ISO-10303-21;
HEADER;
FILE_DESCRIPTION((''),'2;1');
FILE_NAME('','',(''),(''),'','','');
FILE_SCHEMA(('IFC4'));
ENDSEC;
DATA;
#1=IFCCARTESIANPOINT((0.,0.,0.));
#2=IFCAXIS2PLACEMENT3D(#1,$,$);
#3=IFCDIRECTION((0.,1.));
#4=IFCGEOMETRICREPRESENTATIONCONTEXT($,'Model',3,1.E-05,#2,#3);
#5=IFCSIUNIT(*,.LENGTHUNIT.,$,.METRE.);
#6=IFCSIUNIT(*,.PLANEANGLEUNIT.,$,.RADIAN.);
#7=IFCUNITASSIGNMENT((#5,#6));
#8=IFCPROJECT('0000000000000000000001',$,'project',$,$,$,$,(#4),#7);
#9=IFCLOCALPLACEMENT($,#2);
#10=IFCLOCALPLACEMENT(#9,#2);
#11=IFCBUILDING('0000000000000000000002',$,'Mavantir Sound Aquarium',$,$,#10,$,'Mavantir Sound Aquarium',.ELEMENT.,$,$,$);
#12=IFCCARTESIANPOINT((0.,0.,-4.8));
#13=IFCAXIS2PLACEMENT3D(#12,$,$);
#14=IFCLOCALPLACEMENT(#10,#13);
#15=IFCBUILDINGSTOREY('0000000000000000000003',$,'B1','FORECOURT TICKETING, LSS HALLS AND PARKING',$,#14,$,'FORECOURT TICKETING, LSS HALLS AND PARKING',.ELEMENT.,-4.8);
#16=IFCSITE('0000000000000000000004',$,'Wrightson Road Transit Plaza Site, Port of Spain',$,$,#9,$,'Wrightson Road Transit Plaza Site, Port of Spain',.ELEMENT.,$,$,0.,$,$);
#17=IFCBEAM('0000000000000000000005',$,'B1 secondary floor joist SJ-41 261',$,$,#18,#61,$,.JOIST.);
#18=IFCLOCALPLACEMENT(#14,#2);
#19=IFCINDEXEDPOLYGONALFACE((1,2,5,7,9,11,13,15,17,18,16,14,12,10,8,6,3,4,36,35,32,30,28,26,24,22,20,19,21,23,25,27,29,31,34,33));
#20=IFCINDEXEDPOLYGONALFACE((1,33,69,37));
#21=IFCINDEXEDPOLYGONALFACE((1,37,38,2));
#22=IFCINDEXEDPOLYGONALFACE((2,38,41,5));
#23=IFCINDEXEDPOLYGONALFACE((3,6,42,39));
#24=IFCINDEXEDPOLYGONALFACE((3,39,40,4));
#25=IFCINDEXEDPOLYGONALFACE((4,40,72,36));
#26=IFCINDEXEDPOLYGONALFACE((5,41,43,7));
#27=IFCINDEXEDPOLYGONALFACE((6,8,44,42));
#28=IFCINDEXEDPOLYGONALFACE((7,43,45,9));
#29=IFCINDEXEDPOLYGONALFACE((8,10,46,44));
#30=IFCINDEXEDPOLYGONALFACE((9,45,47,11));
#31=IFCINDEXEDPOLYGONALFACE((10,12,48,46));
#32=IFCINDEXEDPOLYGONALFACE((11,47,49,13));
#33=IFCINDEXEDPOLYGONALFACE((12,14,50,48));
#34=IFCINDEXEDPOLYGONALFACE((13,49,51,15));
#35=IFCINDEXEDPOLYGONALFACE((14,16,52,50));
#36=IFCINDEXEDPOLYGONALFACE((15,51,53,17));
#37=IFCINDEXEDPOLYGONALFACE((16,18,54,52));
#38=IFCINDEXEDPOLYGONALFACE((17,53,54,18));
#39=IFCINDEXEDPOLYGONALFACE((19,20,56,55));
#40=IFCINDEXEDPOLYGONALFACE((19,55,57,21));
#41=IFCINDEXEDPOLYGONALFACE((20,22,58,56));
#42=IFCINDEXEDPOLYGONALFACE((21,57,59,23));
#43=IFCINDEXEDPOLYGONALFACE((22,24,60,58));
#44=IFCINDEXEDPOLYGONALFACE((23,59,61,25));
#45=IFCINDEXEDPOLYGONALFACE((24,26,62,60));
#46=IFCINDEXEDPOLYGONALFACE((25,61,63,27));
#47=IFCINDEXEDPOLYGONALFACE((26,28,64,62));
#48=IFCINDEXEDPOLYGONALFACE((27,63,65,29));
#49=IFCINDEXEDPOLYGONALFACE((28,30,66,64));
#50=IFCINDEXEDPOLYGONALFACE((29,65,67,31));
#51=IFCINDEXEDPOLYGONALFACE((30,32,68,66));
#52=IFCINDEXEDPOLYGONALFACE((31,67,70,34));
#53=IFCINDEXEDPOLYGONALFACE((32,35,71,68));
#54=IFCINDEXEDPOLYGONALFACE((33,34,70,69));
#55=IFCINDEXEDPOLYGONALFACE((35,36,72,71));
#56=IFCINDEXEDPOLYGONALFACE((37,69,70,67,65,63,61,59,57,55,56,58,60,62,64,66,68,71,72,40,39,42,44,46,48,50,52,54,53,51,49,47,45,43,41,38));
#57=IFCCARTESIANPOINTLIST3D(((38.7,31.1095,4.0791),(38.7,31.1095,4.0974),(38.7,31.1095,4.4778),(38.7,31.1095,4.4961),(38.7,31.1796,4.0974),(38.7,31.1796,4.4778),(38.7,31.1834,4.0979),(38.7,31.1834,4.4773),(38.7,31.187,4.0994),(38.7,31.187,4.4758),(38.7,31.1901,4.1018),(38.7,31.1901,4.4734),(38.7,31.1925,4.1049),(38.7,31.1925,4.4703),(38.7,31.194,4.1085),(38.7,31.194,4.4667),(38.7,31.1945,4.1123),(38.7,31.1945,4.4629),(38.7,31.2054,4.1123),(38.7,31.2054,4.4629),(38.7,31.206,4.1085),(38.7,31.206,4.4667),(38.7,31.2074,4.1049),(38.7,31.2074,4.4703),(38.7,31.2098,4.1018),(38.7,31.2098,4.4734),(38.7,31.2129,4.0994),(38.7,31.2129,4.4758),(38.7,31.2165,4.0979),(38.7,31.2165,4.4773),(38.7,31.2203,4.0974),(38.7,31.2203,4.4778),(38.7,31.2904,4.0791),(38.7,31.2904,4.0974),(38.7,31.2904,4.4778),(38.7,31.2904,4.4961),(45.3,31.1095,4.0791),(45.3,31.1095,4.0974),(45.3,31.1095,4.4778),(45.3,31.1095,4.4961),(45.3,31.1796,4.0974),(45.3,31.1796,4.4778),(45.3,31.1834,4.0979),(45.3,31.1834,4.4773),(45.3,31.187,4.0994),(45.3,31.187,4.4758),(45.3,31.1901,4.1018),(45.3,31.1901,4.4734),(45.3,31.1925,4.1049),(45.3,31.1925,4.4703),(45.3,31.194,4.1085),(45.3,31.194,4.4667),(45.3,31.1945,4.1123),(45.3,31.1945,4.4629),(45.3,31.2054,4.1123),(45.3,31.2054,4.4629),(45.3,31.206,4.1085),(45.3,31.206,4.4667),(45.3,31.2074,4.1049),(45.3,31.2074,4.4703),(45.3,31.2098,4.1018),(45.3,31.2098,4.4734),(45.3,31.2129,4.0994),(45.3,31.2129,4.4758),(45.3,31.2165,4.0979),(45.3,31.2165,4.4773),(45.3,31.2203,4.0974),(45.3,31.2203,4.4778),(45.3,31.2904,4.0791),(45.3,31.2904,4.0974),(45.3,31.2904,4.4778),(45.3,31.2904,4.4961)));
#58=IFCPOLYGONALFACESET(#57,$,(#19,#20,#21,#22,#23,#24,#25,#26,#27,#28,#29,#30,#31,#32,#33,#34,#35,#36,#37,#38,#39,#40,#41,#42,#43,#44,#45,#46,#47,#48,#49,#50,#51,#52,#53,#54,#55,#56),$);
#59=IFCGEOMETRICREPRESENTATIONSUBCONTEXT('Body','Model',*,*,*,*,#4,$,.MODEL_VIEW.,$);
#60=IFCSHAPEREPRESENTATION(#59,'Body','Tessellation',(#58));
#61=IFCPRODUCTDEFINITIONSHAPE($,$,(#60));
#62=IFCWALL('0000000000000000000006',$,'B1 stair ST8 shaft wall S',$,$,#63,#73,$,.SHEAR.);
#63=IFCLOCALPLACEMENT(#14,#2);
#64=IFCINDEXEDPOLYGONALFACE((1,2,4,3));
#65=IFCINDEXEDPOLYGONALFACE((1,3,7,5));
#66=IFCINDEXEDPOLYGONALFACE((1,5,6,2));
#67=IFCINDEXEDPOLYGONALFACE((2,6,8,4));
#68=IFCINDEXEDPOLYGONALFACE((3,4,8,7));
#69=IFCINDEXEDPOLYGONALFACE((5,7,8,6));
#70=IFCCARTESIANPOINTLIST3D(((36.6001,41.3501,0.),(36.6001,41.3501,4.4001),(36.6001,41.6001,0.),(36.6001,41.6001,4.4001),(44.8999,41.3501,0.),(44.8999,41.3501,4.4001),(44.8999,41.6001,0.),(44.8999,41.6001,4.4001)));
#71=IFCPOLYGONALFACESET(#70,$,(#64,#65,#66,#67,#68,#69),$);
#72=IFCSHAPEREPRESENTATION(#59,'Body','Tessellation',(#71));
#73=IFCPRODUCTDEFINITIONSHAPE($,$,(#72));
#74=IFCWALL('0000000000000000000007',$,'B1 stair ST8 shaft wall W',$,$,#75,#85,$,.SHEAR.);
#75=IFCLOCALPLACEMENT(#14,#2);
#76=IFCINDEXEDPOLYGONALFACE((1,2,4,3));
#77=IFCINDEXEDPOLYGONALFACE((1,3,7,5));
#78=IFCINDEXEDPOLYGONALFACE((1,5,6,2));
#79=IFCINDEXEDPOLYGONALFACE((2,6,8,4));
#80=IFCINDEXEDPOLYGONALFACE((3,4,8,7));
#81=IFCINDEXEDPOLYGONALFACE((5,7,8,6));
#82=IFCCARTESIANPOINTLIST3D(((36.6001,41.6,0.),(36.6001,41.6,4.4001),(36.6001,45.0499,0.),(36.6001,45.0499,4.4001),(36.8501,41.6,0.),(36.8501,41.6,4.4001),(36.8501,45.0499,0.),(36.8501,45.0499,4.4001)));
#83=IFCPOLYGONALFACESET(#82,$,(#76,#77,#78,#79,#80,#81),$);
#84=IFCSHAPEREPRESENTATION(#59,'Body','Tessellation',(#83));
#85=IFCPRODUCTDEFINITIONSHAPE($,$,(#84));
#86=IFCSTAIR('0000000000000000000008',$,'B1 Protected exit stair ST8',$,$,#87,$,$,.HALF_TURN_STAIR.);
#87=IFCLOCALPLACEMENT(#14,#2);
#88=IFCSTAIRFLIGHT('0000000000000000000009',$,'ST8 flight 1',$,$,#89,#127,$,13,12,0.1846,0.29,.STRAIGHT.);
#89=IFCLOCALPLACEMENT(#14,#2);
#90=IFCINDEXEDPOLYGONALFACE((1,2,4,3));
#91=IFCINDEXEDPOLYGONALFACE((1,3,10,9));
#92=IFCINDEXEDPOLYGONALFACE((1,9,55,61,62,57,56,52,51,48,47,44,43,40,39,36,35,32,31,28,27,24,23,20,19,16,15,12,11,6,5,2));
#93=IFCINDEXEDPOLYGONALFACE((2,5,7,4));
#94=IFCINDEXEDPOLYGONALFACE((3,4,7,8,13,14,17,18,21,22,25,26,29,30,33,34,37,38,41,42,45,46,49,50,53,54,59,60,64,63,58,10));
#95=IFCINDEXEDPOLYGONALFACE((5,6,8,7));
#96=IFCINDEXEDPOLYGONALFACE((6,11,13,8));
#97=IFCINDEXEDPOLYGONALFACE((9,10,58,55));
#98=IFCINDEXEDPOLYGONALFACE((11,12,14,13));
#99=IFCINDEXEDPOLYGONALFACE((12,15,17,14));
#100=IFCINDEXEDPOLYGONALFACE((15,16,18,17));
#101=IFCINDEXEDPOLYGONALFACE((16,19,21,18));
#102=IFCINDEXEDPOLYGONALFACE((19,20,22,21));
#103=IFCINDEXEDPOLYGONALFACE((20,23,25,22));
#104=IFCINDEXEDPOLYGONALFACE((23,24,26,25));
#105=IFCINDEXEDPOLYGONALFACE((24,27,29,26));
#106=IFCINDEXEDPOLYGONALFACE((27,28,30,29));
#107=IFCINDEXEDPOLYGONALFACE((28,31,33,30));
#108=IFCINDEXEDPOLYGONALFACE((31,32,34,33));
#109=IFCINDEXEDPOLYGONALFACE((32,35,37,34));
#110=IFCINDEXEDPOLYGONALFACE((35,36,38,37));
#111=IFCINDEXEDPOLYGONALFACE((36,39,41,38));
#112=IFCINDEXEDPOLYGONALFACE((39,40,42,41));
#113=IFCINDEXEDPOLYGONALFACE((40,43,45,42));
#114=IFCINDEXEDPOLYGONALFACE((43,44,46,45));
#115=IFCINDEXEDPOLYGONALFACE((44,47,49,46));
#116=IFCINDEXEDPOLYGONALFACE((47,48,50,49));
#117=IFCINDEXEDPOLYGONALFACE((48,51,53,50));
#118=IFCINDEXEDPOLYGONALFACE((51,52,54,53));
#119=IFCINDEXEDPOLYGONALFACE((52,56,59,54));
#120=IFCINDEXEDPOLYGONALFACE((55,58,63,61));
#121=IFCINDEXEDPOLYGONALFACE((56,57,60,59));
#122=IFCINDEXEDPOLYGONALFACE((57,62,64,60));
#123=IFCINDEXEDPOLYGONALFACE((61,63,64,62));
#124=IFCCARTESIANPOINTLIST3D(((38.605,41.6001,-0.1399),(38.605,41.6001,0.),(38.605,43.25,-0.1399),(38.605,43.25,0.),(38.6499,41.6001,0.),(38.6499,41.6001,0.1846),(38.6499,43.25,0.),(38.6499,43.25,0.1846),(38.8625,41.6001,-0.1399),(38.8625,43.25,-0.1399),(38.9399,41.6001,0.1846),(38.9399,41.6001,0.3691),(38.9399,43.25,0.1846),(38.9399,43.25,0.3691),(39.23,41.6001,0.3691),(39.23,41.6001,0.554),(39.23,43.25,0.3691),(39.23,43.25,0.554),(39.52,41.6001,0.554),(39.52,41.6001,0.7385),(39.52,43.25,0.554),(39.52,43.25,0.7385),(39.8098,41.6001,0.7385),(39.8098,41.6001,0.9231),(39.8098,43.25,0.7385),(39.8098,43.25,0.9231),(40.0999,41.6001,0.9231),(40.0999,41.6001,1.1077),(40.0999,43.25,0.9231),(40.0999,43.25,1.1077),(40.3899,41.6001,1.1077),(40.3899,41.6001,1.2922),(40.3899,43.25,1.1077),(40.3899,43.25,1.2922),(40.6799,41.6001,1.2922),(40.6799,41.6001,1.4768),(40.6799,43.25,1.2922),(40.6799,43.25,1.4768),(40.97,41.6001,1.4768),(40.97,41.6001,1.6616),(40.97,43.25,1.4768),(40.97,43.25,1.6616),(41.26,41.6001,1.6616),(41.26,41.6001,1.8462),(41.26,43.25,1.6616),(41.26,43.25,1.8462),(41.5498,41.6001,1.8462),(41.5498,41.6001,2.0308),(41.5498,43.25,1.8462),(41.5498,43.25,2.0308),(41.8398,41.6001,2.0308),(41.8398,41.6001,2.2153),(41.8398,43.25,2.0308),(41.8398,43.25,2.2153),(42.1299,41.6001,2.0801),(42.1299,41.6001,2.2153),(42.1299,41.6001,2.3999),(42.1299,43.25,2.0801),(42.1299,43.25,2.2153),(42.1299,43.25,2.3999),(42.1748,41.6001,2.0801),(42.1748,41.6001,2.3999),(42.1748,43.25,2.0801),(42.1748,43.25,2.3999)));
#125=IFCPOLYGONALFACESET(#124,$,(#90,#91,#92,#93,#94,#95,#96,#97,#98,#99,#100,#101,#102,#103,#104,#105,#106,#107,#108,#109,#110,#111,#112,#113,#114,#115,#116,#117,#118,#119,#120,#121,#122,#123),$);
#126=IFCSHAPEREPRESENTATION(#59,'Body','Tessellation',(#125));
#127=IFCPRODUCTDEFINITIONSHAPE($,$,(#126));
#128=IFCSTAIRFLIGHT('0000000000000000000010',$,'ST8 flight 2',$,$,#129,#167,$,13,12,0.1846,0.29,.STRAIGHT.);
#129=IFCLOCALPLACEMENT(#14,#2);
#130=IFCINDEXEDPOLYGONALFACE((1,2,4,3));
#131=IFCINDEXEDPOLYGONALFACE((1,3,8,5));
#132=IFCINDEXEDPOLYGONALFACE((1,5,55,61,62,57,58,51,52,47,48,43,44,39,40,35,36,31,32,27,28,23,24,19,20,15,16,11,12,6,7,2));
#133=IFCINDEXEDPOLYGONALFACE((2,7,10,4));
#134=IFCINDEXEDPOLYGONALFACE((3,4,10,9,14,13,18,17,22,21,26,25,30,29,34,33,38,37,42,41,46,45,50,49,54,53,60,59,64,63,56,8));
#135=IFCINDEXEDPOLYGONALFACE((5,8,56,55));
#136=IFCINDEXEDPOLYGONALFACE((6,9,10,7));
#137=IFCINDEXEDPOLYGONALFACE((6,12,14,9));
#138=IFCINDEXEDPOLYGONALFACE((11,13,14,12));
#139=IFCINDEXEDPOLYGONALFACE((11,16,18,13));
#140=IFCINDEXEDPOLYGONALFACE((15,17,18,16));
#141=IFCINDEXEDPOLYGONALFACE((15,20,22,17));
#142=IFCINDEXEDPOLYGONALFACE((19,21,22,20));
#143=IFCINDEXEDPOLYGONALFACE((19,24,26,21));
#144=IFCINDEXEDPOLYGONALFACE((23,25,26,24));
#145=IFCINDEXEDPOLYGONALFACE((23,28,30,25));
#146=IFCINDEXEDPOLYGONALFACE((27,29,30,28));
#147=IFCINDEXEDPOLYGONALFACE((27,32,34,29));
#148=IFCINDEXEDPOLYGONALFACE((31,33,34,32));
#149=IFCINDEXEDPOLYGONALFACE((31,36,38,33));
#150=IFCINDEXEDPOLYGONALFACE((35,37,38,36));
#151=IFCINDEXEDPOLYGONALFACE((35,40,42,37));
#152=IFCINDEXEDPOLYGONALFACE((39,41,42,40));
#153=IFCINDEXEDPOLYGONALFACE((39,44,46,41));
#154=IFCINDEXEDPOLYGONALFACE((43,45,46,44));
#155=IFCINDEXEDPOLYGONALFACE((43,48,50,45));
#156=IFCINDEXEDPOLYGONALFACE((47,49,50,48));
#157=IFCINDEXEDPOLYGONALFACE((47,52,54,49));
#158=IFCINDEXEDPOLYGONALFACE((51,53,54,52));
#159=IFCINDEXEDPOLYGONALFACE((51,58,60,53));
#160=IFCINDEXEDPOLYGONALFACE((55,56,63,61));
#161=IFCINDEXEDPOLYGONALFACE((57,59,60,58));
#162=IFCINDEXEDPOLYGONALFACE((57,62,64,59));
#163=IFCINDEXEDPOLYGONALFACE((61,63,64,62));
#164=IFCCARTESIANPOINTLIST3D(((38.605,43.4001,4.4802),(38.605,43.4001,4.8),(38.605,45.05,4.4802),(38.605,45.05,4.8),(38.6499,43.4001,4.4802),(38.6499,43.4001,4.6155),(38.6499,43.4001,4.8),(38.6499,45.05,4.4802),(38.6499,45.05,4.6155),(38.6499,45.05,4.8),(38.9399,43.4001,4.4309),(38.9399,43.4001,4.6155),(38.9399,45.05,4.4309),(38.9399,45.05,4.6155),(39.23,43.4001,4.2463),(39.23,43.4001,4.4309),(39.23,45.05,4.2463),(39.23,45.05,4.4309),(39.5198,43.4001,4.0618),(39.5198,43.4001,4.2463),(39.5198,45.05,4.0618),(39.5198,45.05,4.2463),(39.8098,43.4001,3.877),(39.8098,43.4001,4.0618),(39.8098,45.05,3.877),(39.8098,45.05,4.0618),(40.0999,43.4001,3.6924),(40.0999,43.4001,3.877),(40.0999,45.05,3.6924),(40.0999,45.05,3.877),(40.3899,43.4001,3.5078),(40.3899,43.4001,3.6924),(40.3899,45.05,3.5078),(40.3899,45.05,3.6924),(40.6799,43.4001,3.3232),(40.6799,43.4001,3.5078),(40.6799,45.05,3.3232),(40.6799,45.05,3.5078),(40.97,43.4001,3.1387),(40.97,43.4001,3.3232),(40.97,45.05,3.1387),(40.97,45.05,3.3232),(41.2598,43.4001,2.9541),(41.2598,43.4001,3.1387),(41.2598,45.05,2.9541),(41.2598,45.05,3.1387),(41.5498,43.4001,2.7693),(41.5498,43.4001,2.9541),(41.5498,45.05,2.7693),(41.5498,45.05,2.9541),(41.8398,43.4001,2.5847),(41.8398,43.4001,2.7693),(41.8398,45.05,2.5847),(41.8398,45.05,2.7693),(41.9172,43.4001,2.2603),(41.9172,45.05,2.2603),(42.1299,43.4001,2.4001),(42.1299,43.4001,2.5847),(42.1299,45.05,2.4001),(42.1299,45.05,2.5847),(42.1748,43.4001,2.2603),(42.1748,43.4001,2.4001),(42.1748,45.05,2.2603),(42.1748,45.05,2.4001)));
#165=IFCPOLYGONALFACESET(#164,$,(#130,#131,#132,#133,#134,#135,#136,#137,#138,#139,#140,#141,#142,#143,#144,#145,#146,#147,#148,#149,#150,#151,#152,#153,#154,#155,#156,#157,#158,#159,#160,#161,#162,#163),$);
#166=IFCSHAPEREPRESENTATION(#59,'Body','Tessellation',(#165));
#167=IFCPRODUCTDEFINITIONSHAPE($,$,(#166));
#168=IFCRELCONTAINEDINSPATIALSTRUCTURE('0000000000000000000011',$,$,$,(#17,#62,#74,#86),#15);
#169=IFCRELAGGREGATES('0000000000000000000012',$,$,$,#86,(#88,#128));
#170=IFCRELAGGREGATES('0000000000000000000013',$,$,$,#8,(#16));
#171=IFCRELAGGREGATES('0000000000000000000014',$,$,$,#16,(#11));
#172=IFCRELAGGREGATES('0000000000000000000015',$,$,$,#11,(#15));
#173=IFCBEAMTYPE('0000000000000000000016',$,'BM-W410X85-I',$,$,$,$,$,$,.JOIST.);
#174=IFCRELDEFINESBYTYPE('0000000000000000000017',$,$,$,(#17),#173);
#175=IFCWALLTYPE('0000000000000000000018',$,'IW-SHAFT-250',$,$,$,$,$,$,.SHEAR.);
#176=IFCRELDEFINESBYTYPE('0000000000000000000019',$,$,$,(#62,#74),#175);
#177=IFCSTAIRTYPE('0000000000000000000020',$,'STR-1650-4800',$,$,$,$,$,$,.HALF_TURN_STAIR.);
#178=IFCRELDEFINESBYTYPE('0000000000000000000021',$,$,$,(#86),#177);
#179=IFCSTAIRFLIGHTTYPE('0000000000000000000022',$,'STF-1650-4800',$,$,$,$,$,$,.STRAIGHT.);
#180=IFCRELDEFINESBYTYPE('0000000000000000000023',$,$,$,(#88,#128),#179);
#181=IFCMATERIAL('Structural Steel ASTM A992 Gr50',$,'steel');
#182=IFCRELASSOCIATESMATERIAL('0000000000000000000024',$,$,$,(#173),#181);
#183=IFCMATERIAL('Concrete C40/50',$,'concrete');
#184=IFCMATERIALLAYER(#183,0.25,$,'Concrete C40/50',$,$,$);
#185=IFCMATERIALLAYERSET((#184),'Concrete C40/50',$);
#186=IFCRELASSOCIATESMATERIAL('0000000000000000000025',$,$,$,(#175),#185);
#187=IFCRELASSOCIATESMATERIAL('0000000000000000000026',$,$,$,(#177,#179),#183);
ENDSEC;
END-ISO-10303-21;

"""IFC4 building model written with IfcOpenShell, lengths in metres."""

from ifc_helpers import new_model, si_unit, direction, frame, frame_2d, origin, origin_2d, place, context, subcontext, project, spatial, polyline, rectangle, i_section, outline, extrude, material, layer, layer_set, material_profile, profile_set, type_object, element, aggregate, save


model = new_model("IFC4")

# Units and contexts
model_context = context("Model", 3, precision=1e-05, world=origin(), true_north=direction((0.0, 1.0)))
body_context = subcontext(model_context, "Body", "Model", "MODEL_VIEW")
ifc_project = project(units=[si_unit("LENGTHUNIT", "METRE"), si_unit("PLANEANGLEUNIT", "RADIAN")], contexts=[model_context])

# Site, building, storey
site_placement = place(None, origin())
site = spatial("IfcSite", under=ifc_project, at=site_placement, Name="Wrightson Road Transit Plaza Site, Port of Spain", LongName="Wrightson Road Transit Plaza Site, Port of Spain", CompositionType="ELEMENT", RefElevation=0.0)
building_placement = place(site_placement, origin())
building = spatial("IfcBuilding", under=site, at=building_placement, Name="Mavantir Sound Aquarium", LongName="Mavantir Sound Aquarium", CompositionType="ELEMENT")
storey_placement = place(building_placement, frame((0.0, 0.0, -4.8)))
storey = spatial("IfcBuildingStorey", under=building, at=storey_placement, Name="B1", Description="FORECOURT TICKETING, LSS HALLS AND PARKING", LongName="FORECOURT TICKETING, LSS HALLS AND PARKING", CompositionType="ELEMENT", Elevation=-4.8)

# Shared definitions
ifc_material_1 = material(Name="Concrete C40/50", Category="concrete")

# Beam
ifc_material_2 = material(Name="Structural Steel ASTM A992 Gr50", Category="steel")
ifc_material_profile_1 = material_profile(ifc_material_2, i_section(OverallWidth=0.1809, OverallDepth=0.417, WebThickness=0.011, FlangeThickness=0.0183, FilletRadius=0.0149, at=origin_2d()), Name="W410X85")
ifc_profile_set_1 = profile_set([ifc_material_profile_1], Name="Structural Steel ASTM A992 Gr50")
beam_type_1 = type_object("IfcBeamType", Name="BM-W410X85-I", PredefinedType="JOIST", material=ifc_profile_set_1)
beam_1_placement = place(storey_placement, frame((38.7, 31.2, 4.2876), z_axis=(1.0, 0.0, 0.0), x_axis=(0.0, 1.0, 0.0)))
element("IfcBeam", 1, at=beam_1_placement, inside=storey, type_object=beam_type_1, Name="B1 secondary floor joist SJ-41 261", PredefinedType="JOIST", context=body_context, shape_type="SweptSolid", body=[
    extrude(i_section(OverallWidth=0.1809, OverallDepth=0.417, WebThickness=0.011, FlangeThickness=0.0183, FilletRadius=0.0149, at=origin_2d()), origin(), (0.0, 0.0, 1.0), 6.6001),
])

# Walls
ifc_layer = layer(ifc_material_1, 0.25, Name="Concrete C40/50")
ifc_layer_set = layer_set([ifc_layer], Name="Concrete C40/50")
wall_type = type_object("IfcWallType", Name="IW-SHAFT-250", PredefinedType="SHEAR", material=ifc_layer_set)
wall_1_placement = place(storey_placement, frame((36.6001, 41.4751, 0.0), z_axis=(0.0, 0.0, 1.0), x_axis=(1.0, 0.0, 0.0)))
element("IfcWall", 2, at=wall_1_placement, inside=storey, type_object=wall_type, Name="B1 stair ST8 shaft wall S", PredefinedType="SHEAR", context=body_context, shape_type="SweptSolid", body=[
    extrude(rectangle(XDim=8.2998, YDim=0.25, at=frame_2d((4.1499, 0.0))), origin(), (0.0, 0.0, 1.0), 4.4001),
])
wall_2_placement = place(storey_placement, frame((36.7251, 45.05, 0.0), z_axis=(0.0, 0.0, 1.0), x_axis=(0.0, -1.0, 0.0)))
element("IfcWall", 3, at=wall_2_placement, inside=storey, type_object=wall_type, Name="B1 stair ST8 shaft wall W", PredefinedType="SHEAR", context=body_context, shape_type="SweptSolid", body=[
    extrude(rectangle(XDim=3.45, YDim=0.25, at=frame_2d((1.7251, 0.0))), origin(), (0.0, 0.0, 1.0), 4.4001),
])

# Stair, stair flights
stair_type = type_object("IfcStairType", Name="STR-1650-4800", PredefinedType="HALF_TURN_STAIR", material=ifc_material_1)
stair_placement = place(storey_placement, origin())
stair = element("IfcStair", 4, at=stair_placement, inside=storey, type_object=stair_type, Name="B1 Protected exit stair ST8", PredefinedType="HALF_TURN_STAIR")
stair_flight_type = type_object("IfcStairFlightType", Name="STF-1650-4800", PredefinedType="STRAIGHT", material=ifc_material_1)
stair_flight_1_placement = place(storey_placement, frame((38.6499, 42.425, 0.0), z_axis=(0.0, 0.0, 1.0), x_axis=(1.0, 0.0, 0.0)))
stair_flight_1 = element("IfcStairFlight", 5, at=stair_flight_1_placement, type_object=stair_flight_type, Name="ST8 flight 1", NumberOfRisers=13, NumberOfTreads=12, PredefinedType="STRAIGHT", RiserHeight=0.1846, TreadLength=0.29, context=body_context, shape_type="SweptSolid", body=[
    extrude(outline(polyline([(-0.0449, -0.1399), (-0.0449, 0.0), (0.0, 0.0), (0.0, 0.1846), (0.29, 0.1846), (0.29, 0.3691), (0.5801, 0.3691), (0.5801, 0.554), (0.8701, 0.554), (0.8701, 0.7385), (1.1599, 0.7385), (1.1599, 0.9231), (1.45, 0.9231), (1.45, 1.1077), (1.74, 1.1077), (1.74, 1.2922), (2.03, 1.2922), (2.03, 1.4768), (2.3201, 1.4768), (2.3201, 1.6616), (2.6101, 1.6616), (2.6101, 1.8462), (2.8999, 1.8462), (2.8999, 2.0308), (3.1899, 2.0308), (3.1899, 2.2153), (3.48, 2.2153), (3.48, 2.3999), (3.5249, 2.3999), (3.5249, 2.0801), (3.48, 2.0801), (0.2126, -0.1399), (-0.0449, -0.1399)])), frame((0.0, 0.825, 0.0), z_axis=(0.0, -1.0, 0.0), x_axis=(1.0, 0.0, 0.0)), (0.0, 0.0, 1.0), 1.6499),
])
stair_flight_2_placement = place(storey_placement, frame((42.1299, 44.2251, 2.4001), z_axis=(0.0, 0.0, 1.0), x_axis=(-1.0, 0.0, 0.0)))
stair_flight_2 = element("IfcStairFlight", 6, at=stair_flight_2_placement, type_object=stair_flight_type, Name="ST8 flight 2", NumberOfRisers=13, NumberOfTreads=12, PredefinedType="STRAIGHT", RiserHeight=0.1846, TreadLength=0.29, context=body_context, shape_type="SweptSolid", body=[
    extrude(outline(polyline([(-0.0449, -0.1399), (-0.0449, 0.0), (0.0, 0.0), (0.0, 0.1846), (0.29, 0.1846), (0.29, 0.3691), (0.5801, 0.3691), (0.5801, 0.554), (0.8701, 0.554), (0.8701, 0.7385), (1.1599, 0.7385), (1.1599, 0.9231), (1.45, 0.9231), (1.45, 1.1077), (1.74, 1.1077), (1.74, 1.2922), (2.03, 1.2922), (2.03, 1.4768), (2.3201, 1.4768), (2.3201, 1.6616), (2.6101, 1.6616), (2.6101, 1.8462), (2.8999, 1.8462), (2.8999, 2.0308), (3.1899, 2.0308), (3.1899, 2.2153), (3.48, 2.2153), (3.48, 2.3999), (3.5249, 2.3999), (3.5249, 2.0801), (3.48, 2.0801), (0.2126, -0.1399), (-0.0449, -0.1399)])), frame((0.0, 0.825, 0.0), z_axis=(0.0, -1.0, 0.0), x_axis=(1.0, 0.0, 0.0)), (0.0, 0.0, 1.0), 1.6499),
])
aggregate(stair, [stair_flight_1, stair_flight_2])

save(model, "model.ifc")
